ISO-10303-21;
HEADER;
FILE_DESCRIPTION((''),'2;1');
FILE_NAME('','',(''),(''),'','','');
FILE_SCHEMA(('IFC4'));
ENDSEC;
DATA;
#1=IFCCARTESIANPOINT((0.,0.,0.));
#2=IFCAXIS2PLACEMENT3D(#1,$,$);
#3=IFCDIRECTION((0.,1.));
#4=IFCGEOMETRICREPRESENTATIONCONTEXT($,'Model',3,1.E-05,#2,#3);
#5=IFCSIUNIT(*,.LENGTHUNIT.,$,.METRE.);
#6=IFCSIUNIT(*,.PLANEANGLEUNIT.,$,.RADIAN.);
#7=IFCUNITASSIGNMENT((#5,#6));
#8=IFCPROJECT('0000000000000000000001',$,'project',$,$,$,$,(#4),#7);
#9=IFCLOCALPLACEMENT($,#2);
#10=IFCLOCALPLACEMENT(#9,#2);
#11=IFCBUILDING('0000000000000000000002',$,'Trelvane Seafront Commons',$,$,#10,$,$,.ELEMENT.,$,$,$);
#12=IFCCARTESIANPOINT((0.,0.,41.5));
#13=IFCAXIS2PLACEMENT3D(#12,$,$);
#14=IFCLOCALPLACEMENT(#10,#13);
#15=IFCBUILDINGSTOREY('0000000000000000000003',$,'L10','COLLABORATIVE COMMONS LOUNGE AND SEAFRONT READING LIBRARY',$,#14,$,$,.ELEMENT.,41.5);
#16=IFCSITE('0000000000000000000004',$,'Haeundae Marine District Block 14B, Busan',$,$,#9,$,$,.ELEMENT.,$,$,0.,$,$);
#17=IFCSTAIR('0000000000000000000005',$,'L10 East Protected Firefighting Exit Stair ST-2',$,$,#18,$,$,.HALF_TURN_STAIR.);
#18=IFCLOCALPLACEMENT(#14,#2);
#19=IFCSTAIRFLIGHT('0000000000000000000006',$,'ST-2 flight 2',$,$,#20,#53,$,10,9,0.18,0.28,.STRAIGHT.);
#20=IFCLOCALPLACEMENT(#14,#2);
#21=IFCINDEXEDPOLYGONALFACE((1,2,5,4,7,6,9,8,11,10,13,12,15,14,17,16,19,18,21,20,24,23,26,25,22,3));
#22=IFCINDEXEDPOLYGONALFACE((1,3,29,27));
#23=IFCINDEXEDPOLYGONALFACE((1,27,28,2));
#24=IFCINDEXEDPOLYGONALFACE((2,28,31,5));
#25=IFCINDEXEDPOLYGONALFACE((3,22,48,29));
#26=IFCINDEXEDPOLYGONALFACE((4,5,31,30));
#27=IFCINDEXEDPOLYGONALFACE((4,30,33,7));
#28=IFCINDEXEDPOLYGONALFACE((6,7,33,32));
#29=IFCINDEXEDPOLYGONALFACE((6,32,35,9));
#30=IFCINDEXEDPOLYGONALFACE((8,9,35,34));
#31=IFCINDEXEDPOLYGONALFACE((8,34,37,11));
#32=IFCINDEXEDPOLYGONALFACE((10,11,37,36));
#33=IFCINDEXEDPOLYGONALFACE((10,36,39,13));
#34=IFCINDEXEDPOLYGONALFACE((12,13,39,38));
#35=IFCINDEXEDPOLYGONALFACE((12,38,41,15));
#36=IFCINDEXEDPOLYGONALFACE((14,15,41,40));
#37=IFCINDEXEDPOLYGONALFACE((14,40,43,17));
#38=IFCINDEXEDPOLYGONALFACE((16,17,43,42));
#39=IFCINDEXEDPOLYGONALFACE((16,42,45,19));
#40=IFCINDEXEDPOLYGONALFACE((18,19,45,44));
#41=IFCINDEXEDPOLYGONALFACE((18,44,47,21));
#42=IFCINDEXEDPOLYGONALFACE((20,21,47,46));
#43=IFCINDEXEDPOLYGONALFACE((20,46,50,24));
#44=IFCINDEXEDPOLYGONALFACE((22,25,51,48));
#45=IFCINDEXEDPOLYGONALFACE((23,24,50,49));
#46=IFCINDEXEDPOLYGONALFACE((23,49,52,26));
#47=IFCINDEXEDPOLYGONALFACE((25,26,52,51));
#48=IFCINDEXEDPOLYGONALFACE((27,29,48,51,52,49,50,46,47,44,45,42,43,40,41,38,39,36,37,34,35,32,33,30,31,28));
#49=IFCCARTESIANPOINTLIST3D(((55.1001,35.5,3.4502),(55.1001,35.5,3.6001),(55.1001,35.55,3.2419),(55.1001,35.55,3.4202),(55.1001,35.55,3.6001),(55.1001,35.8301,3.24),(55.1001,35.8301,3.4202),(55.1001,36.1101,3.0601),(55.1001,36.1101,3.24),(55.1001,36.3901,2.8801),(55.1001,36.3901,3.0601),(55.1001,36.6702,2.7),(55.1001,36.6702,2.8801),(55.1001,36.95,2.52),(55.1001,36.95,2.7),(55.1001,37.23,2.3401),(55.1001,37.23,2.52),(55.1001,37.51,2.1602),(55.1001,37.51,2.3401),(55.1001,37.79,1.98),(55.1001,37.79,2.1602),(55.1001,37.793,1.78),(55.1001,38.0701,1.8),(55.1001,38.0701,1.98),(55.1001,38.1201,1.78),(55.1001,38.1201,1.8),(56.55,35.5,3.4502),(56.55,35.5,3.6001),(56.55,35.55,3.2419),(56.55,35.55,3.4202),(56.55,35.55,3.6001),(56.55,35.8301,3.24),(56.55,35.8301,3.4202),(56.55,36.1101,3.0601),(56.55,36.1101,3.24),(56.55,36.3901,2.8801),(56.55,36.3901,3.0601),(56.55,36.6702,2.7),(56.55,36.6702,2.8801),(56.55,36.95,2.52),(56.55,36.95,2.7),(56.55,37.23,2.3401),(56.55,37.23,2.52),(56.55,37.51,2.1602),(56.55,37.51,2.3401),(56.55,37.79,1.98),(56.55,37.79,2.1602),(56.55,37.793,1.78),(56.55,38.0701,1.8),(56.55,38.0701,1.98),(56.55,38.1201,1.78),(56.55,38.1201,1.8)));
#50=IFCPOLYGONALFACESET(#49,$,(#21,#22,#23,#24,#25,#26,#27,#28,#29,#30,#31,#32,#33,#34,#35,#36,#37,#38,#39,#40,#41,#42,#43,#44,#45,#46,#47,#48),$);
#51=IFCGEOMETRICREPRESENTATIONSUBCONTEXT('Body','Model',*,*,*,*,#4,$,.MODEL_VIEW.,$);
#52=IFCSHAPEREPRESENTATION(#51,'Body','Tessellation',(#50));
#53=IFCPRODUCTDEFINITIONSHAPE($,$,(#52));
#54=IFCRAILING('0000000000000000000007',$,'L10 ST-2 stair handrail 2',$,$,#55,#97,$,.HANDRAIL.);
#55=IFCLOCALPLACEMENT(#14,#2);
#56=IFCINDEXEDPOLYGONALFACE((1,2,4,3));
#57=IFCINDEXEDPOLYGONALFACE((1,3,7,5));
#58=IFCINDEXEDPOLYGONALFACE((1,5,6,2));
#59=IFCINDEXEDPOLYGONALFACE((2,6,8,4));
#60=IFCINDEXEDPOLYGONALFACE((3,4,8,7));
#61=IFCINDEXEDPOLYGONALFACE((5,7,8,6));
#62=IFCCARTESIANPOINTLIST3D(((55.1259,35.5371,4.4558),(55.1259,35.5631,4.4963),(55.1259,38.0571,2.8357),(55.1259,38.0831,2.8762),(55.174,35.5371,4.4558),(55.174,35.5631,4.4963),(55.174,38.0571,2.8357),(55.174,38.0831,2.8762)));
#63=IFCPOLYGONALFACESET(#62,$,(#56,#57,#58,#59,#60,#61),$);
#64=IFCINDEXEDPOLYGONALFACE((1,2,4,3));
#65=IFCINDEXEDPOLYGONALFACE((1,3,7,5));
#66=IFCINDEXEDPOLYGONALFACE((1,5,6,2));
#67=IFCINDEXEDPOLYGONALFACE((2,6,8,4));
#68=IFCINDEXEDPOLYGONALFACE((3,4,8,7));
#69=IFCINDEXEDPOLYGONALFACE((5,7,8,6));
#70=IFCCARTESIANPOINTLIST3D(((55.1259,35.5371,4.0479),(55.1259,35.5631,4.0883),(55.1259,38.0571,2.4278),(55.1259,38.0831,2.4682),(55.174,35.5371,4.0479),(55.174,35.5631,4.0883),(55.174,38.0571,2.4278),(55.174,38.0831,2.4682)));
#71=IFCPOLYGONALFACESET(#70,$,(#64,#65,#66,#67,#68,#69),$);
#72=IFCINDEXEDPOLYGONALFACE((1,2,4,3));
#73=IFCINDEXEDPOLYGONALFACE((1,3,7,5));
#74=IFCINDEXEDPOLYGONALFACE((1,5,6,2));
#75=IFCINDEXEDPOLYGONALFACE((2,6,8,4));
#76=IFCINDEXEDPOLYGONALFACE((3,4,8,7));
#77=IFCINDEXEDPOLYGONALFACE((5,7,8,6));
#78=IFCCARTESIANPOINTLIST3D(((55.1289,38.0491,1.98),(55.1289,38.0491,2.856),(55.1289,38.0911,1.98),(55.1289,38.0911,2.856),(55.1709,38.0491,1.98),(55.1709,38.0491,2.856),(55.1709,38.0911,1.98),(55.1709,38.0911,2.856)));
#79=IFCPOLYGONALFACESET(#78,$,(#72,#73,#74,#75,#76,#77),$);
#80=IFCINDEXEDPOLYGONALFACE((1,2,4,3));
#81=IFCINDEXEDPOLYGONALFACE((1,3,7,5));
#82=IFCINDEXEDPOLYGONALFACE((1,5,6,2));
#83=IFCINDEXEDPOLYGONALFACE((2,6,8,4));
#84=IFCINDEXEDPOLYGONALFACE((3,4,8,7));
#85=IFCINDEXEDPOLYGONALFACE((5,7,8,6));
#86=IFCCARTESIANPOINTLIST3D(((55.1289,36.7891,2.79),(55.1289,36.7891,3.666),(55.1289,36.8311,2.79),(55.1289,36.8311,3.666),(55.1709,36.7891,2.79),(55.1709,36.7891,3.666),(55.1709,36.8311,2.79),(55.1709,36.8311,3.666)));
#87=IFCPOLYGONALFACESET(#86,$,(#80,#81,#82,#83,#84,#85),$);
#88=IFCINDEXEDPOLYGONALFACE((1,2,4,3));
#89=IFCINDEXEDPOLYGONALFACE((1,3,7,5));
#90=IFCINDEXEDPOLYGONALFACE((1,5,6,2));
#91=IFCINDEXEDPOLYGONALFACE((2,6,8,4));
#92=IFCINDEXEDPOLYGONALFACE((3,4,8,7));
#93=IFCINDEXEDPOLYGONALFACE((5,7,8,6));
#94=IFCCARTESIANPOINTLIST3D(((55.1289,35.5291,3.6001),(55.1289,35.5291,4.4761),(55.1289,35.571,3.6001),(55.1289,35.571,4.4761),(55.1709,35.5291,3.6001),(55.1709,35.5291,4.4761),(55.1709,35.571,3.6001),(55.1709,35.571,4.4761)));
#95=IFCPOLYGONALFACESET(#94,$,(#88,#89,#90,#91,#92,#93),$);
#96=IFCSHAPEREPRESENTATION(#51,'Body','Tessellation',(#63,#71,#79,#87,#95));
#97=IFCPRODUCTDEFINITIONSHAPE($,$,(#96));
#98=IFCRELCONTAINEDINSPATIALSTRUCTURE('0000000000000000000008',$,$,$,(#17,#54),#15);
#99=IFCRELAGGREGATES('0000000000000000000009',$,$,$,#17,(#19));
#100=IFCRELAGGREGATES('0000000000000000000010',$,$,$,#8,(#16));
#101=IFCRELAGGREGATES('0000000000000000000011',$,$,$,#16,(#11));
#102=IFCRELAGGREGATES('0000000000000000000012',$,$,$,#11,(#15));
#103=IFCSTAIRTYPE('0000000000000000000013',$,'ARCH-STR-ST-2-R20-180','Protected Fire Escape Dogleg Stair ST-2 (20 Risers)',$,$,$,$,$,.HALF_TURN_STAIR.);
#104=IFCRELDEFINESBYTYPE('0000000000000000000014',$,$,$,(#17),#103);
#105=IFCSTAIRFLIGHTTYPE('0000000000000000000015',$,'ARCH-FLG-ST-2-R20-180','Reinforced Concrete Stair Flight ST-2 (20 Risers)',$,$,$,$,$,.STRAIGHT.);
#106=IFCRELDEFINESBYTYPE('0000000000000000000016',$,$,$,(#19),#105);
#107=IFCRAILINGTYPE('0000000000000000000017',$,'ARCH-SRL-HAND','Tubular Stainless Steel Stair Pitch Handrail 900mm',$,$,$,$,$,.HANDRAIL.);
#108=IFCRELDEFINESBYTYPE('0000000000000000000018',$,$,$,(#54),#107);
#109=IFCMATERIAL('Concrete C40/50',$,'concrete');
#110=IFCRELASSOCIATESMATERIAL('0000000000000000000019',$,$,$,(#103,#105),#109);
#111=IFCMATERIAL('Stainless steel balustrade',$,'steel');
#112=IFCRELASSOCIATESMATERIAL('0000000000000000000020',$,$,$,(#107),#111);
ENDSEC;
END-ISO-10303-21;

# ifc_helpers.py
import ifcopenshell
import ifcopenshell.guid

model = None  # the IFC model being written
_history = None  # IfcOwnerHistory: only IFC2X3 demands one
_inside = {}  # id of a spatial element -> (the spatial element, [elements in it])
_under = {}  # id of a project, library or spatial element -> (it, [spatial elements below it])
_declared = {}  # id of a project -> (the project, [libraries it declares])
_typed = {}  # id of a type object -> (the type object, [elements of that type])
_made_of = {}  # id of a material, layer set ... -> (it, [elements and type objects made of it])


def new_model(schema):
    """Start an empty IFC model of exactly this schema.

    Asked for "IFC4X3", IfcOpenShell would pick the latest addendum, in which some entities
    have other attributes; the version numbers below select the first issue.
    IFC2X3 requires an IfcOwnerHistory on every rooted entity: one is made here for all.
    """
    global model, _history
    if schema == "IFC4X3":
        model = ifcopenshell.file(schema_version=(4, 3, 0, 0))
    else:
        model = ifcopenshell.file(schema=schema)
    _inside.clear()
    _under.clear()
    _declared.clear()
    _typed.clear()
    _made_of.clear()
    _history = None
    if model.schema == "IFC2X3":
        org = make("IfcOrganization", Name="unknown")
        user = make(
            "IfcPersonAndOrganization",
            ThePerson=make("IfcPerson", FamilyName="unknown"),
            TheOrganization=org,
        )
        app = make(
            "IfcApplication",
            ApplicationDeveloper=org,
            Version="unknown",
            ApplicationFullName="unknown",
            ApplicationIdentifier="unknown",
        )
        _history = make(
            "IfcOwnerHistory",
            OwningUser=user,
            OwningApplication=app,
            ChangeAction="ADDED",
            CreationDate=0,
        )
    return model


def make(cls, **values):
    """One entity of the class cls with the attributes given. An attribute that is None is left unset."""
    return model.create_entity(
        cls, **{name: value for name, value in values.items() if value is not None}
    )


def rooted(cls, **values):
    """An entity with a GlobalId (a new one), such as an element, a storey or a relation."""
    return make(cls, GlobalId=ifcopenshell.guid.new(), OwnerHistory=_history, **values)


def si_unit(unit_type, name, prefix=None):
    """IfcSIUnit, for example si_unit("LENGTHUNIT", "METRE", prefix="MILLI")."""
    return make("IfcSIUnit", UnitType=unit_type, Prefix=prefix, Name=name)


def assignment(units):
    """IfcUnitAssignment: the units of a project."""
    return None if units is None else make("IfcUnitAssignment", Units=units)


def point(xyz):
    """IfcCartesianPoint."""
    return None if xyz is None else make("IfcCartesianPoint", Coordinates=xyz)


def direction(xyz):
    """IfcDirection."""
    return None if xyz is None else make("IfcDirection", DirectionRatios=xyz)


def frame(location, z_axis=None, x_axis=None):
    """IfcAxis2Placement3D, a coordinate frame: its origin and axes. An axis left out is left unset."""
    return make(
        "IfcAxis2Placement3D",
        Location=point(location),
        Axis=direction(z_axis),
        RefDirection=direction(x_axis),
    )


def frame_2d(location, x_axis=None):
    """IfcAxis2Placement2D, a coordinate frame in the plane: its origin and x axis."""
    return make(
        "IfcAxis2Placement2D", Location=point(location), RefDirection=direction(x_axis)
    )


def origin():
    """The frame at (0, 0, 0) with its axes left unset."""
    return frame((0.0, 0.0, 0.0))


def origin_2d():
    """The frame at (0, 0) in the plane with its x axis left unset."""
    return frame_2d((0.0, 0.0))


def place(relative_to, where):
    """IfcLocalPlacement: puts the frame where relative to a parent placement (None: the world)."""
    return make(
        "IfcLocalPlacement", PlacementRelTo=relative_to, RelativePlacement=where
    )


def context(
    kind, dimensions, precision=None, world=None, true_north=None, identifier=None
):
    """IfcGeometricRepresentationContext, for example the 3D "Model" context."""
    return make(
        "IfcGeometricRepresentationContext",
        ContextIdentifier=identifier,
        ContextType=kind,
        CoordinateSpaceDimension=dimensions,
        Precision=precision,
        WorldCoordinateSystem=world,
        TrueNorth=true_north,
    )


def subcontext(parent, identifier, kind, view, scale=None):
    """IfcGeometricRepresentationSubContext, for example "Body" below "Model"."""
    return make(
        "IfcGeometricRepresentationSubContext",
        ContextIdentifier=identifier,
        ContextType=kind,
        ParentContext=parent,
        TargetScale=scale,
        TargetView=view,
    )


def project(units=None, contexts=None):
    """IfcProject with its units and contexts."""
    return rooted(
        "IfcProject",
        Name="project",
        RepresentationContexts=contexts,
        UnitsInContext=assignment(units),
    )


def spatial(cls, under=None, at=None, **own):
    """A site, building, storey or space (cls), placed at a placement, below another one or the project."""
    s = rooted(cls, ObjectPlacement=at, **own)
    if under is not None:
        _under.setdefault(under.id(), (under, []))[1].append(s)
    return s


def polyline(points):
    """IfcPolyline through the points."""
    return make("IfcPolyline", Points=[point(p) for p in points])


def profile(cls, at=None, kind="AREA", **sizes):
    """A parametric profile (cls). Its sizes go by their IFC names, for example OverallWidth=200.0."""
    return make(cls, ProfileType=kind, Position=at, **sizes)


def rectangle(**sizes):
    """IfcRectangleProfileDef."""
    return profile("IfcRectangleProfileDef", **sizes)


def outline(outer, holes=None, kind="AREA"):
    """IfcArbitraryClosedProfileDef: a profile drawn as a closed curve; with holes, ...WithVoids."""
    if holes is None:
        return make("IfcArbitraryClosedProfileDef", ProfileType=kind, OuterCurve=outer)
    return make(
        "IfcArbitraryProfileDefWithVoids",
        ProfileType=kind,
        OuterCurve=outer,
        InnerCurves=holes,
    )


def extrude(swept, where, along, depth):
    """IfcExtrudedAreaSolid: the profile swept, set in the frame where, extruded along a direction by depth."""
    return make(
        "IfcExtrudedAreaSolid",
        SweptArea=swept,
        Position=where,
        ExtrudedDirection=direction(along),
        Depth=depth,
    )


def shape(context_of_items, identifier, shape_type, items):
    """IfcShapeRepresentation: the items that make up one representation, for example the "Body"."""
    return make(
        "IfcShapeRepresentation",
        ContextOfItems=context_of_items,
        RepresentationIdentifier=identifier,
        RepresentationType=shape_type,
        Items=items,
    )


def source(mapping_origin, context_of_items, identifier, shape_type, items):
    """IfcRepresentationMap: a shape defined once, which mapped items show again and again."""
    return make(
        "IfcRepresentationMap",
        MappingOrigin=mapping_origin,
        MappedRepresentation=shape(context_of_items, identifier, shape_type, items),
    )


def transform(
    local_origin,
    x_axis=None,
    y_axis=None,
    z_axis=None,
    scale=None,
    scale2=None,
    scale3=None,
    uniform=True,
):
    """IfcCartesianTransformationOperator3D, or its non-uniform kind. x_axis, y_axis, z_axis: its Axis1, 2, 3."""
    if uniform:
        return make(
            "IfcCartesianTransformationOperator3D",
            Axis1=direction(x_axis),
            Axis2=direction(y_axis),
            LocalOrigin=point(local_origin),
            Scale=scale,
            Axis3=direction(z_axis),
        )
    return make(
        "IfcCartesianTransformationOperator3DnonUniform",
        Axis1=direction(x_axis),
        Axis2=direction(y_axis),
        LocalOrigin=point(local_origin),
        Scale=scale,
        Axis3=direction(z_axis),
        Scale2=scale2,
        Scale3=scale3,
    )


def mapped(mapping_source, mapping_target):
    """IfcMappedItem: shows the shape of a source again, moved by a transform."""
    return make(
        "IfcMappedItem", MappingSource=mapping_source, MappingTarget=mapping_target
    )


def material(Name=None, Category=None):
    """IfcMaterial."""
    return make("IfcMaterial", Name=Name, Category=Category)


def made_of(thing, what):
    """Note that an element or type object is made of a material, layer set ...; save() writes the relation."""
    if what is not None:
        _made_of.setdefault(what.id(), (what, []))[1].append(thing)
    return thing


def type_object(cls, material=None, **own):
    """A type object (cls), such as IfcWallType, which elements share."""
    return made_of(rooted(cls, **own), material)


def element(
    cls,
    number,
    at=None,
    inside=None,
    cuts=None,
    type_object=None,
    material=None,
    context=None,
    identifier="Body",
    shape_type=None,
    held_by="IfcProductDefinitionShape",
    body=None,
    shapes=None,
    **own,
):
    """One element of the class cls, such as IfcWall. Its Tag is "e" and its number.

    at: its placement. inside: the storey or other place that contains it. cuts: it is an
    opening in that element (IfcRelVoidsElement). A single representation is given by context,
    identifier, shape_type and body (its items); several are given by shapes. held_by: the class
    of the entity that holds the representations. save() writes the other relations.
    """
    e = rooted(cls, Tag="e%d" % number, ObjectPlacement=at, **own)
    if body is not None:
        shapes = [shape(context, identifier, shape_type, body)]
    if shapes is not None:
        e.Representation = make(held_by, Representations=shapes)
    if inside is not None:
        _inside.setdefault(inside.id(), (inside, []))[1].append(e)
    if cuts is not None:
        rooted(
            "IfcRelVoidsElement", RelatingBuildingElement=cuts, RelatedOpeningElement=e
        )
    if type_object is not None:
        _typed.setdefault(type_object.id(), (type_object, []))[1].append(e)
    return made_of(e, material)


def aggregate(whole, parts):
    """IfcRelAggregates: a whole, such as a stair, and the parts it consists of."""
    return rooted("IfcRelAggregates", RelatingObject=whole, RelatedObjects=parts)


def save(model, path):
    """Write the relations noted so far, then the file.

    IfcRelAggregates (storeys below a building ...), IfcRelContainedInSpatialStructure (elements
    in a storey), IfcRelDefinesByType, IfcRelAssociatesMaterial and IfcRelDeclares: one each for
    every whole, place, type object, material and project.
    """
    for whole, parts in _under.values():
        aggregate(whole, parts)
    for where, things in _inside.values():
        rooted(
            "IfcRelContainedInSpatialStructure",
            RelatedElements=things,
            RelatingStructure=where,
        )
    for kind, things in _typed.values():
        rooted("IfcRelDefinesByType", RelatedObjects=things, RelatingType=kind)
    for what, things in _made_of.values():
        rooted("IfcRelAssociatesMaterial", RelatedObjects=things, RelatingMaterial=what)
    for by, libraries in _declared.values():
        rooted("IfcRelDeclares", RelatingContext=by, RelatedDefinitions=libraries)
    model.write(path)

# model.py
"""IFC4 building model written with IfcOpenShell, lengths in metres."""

from ifc_helpers import new_model, si_unit, direction, frame, origin, origin_2d, place, context, subcontext, project, spatial, polyline, rectangle, outline, extrude, source, transform, mapped, material, type_object, element, aggregate, save


model = new_model("IFC4")

# Units and contexts
model_context = context("Model", 3, precision=1e-05, world=origin(), true_north=direction((0.0, 1.0)))
body_context = subcontext(model_context, "Body", "Model", "MODEL_VIEW")
ifc_project = project(units=[si_unit("LENGTHUNIT", "METRE"), si_unit("PLANEANGLEUNIT", "RADIAN")], contexts=[model_context])

# Site, building, storey
site_placement = place(None, origin())
site = spatial("IfcSite", under=ifc_project, at=site_placement, Name="Haeundae Marine District Block 14B, Busan", CompositionType="ELEMENT", RefElevation=0.0)
building_placement = place(site_placement, origin())
building = spatial("IfcBuilding", under=site, at=building_placement, Name="Trelvane Seafront Commons", CompositionType="ELEMENT")
storey_placement = place(building_placement, frame((0.0, 0.0, 41.5)))
storey = spatial("IfcBuildingStorey", under=building, at=storey_placement, Name="L10", Description="COLLABORATIVE COMMONS LOUNGE AND SEAFRONT READING LIBRARY", CompositionType="ELEMENT", Elevation=41.5)

# Shared definitions
ifc_material_1 = material(Name="Concrete C40/50", Category="concrete")

# Stair, stair flight
stair_type = type_object("IfcStairType", Name="ARCH-STR-ST-2-R20-180", Description="Protected Fire Escape Dogleg Stair ST-2 (20 Risers)", PredefinedType="HALF_TURN_STAIR", material=ifc_material_1)
stair_placement = place(storey_placement, origin())
stair = element("IfcStair", 1, at=stair_placement, inside=storey, type_object=stair_type, Name="L10 East Protected Firefighting Exit Stair ST-2", PredefinedType="HALF_TURN_STAIR")
stair_flight_type = type_object("IfcStairFlightType", Name="ARCH-FLG-ST-2-R20-180", Description="Reinforced Concrete Stair Flight ST-2 (20 Risers)", PredefinedType="STRAIGHT", material=ifc_material_1)
shared_shape_1 = source(origin(), body_context, "Body", "SweptSolid", [
    extrude(outline(polyline([(-0.05, -0.02), (-0.05, 0.0), (0.0, 0.0), (0.0, 0.1799), (0.28, 0.1799), (0.28, 0.3601), (0.5601, 0.3601), (0.5601, 0.54), (0.8401, 0.54), (0.8401, 0.72), (1.1201, 0.72), (1.1201, 0.8999), (1.3999, 0.8999), (1.3999, 1.0801), (1.6799, 1.0801), (1.6799, 1.26), (1.96, 1.26), (1.96, 1.4399), (2.24, 1.4399), (2.24, 1.6201), (2.52, 1.6201), (2.52, 1.8), (2.5701, 1.8), (2.5701, 1.6501), (2.52, 1.4419), (0.2771, -0.02), (-0.05, -0.02)])), frame((0.0, 0.7251, 0.0), z_axis=(0.0, -1.0, 0.0), x_axis=(1.0, 0.0, 0.0)), (0.0, 0.0, 1.0), 1.45),
])
stair_flight_placement = place(storey_placement, frame((55.825, 38.0701, 1.8), z_axis=(0.0, 0.0, 1.0), x_axis=(0.0, -1.0, 0.0)))
stair_flight = element("IfcStairFlight", 2, at=stair_flight_placement, type_object=stair_flight_type, Name="ST-2 flight 2", NumberOfRisers=10, NumberOfTreads=9, PredefinedType="STRAIGHT", RiserHeight=0.18, TreadLength=0.28, context=body_context, shape_type="MappedRepresentation", body=[
    mapped(shared_shape_1, transform((0.0, 0.0, 0.0), x_axis=(1.0, 0.0, 0.0), y_axis=(0.0, 1.0, 0.0), z_axis=(0.0, 0.0, 1.0), scale=1.0)),
])
aggregate(stair, [stair_flight])

# Railing
ifc_material_2 = material(Name="Stainless steel balustrade", Category="steel")
railing_type = type_object("IfcRailingType", Name="ARCH-SRL-HAND", Description="Tubular Stainless Steel Stair Pitch Handrail 900mm", PredefinedType="HANDRAIL", material=ifc_material_2)
railing_placement = place(storey_placement, frame((55.1499, 38.0701, 1.98)))
element("IfcRailing", 3, at=railing_placement, inside=storey, type_object=railing_type, Name="L10 ST-2 stair handrail 2", PredefinedType="HANDRAIL", context=body_context, shape_type="SweptSolid", body=[
    extrude(rectangle(XDim=0.0481, YDim=0.0481, at=origin_2d()), frame((0.0, 0.0, 0.876), z_axis=(0.0, -0.841163, 0.540782), x_axis=(1.0, 0.0, 0.0)), (0.0, 0.0, 1.0), 2.9958),
    extrude(rectangle(XDim=0.0481, YDim=0.0481, at=origin_2d()), frame((0.0, 0.0, 0.468), z_axis=(0.0, -0.841163, 0.540782), x_axis=(1.0, 0.0, 0.0)), (0.0, 0.0, 1.0), 2.9958),
    extrude(rectangle(XDim=0.042, YDim=0.042, at=origin_2d()), origin(), (0.0, 0.0, 1.0), 0.876),
    extrude(rectangle(XDim=0.042, YDim=0.042, at=origin_2d()), frame((0.0, -1.26, 0.8101)), (0.0, 0.0, 1.0), 0.876),
    extrude(rectangle(XDim=0.042, YDim=0.042, at=origin_2d()), frame((0.0, -2.52, 1.6201)), (0.0, 0.0, 1.0), 0.876),
])

save(model, "model.ifc")
